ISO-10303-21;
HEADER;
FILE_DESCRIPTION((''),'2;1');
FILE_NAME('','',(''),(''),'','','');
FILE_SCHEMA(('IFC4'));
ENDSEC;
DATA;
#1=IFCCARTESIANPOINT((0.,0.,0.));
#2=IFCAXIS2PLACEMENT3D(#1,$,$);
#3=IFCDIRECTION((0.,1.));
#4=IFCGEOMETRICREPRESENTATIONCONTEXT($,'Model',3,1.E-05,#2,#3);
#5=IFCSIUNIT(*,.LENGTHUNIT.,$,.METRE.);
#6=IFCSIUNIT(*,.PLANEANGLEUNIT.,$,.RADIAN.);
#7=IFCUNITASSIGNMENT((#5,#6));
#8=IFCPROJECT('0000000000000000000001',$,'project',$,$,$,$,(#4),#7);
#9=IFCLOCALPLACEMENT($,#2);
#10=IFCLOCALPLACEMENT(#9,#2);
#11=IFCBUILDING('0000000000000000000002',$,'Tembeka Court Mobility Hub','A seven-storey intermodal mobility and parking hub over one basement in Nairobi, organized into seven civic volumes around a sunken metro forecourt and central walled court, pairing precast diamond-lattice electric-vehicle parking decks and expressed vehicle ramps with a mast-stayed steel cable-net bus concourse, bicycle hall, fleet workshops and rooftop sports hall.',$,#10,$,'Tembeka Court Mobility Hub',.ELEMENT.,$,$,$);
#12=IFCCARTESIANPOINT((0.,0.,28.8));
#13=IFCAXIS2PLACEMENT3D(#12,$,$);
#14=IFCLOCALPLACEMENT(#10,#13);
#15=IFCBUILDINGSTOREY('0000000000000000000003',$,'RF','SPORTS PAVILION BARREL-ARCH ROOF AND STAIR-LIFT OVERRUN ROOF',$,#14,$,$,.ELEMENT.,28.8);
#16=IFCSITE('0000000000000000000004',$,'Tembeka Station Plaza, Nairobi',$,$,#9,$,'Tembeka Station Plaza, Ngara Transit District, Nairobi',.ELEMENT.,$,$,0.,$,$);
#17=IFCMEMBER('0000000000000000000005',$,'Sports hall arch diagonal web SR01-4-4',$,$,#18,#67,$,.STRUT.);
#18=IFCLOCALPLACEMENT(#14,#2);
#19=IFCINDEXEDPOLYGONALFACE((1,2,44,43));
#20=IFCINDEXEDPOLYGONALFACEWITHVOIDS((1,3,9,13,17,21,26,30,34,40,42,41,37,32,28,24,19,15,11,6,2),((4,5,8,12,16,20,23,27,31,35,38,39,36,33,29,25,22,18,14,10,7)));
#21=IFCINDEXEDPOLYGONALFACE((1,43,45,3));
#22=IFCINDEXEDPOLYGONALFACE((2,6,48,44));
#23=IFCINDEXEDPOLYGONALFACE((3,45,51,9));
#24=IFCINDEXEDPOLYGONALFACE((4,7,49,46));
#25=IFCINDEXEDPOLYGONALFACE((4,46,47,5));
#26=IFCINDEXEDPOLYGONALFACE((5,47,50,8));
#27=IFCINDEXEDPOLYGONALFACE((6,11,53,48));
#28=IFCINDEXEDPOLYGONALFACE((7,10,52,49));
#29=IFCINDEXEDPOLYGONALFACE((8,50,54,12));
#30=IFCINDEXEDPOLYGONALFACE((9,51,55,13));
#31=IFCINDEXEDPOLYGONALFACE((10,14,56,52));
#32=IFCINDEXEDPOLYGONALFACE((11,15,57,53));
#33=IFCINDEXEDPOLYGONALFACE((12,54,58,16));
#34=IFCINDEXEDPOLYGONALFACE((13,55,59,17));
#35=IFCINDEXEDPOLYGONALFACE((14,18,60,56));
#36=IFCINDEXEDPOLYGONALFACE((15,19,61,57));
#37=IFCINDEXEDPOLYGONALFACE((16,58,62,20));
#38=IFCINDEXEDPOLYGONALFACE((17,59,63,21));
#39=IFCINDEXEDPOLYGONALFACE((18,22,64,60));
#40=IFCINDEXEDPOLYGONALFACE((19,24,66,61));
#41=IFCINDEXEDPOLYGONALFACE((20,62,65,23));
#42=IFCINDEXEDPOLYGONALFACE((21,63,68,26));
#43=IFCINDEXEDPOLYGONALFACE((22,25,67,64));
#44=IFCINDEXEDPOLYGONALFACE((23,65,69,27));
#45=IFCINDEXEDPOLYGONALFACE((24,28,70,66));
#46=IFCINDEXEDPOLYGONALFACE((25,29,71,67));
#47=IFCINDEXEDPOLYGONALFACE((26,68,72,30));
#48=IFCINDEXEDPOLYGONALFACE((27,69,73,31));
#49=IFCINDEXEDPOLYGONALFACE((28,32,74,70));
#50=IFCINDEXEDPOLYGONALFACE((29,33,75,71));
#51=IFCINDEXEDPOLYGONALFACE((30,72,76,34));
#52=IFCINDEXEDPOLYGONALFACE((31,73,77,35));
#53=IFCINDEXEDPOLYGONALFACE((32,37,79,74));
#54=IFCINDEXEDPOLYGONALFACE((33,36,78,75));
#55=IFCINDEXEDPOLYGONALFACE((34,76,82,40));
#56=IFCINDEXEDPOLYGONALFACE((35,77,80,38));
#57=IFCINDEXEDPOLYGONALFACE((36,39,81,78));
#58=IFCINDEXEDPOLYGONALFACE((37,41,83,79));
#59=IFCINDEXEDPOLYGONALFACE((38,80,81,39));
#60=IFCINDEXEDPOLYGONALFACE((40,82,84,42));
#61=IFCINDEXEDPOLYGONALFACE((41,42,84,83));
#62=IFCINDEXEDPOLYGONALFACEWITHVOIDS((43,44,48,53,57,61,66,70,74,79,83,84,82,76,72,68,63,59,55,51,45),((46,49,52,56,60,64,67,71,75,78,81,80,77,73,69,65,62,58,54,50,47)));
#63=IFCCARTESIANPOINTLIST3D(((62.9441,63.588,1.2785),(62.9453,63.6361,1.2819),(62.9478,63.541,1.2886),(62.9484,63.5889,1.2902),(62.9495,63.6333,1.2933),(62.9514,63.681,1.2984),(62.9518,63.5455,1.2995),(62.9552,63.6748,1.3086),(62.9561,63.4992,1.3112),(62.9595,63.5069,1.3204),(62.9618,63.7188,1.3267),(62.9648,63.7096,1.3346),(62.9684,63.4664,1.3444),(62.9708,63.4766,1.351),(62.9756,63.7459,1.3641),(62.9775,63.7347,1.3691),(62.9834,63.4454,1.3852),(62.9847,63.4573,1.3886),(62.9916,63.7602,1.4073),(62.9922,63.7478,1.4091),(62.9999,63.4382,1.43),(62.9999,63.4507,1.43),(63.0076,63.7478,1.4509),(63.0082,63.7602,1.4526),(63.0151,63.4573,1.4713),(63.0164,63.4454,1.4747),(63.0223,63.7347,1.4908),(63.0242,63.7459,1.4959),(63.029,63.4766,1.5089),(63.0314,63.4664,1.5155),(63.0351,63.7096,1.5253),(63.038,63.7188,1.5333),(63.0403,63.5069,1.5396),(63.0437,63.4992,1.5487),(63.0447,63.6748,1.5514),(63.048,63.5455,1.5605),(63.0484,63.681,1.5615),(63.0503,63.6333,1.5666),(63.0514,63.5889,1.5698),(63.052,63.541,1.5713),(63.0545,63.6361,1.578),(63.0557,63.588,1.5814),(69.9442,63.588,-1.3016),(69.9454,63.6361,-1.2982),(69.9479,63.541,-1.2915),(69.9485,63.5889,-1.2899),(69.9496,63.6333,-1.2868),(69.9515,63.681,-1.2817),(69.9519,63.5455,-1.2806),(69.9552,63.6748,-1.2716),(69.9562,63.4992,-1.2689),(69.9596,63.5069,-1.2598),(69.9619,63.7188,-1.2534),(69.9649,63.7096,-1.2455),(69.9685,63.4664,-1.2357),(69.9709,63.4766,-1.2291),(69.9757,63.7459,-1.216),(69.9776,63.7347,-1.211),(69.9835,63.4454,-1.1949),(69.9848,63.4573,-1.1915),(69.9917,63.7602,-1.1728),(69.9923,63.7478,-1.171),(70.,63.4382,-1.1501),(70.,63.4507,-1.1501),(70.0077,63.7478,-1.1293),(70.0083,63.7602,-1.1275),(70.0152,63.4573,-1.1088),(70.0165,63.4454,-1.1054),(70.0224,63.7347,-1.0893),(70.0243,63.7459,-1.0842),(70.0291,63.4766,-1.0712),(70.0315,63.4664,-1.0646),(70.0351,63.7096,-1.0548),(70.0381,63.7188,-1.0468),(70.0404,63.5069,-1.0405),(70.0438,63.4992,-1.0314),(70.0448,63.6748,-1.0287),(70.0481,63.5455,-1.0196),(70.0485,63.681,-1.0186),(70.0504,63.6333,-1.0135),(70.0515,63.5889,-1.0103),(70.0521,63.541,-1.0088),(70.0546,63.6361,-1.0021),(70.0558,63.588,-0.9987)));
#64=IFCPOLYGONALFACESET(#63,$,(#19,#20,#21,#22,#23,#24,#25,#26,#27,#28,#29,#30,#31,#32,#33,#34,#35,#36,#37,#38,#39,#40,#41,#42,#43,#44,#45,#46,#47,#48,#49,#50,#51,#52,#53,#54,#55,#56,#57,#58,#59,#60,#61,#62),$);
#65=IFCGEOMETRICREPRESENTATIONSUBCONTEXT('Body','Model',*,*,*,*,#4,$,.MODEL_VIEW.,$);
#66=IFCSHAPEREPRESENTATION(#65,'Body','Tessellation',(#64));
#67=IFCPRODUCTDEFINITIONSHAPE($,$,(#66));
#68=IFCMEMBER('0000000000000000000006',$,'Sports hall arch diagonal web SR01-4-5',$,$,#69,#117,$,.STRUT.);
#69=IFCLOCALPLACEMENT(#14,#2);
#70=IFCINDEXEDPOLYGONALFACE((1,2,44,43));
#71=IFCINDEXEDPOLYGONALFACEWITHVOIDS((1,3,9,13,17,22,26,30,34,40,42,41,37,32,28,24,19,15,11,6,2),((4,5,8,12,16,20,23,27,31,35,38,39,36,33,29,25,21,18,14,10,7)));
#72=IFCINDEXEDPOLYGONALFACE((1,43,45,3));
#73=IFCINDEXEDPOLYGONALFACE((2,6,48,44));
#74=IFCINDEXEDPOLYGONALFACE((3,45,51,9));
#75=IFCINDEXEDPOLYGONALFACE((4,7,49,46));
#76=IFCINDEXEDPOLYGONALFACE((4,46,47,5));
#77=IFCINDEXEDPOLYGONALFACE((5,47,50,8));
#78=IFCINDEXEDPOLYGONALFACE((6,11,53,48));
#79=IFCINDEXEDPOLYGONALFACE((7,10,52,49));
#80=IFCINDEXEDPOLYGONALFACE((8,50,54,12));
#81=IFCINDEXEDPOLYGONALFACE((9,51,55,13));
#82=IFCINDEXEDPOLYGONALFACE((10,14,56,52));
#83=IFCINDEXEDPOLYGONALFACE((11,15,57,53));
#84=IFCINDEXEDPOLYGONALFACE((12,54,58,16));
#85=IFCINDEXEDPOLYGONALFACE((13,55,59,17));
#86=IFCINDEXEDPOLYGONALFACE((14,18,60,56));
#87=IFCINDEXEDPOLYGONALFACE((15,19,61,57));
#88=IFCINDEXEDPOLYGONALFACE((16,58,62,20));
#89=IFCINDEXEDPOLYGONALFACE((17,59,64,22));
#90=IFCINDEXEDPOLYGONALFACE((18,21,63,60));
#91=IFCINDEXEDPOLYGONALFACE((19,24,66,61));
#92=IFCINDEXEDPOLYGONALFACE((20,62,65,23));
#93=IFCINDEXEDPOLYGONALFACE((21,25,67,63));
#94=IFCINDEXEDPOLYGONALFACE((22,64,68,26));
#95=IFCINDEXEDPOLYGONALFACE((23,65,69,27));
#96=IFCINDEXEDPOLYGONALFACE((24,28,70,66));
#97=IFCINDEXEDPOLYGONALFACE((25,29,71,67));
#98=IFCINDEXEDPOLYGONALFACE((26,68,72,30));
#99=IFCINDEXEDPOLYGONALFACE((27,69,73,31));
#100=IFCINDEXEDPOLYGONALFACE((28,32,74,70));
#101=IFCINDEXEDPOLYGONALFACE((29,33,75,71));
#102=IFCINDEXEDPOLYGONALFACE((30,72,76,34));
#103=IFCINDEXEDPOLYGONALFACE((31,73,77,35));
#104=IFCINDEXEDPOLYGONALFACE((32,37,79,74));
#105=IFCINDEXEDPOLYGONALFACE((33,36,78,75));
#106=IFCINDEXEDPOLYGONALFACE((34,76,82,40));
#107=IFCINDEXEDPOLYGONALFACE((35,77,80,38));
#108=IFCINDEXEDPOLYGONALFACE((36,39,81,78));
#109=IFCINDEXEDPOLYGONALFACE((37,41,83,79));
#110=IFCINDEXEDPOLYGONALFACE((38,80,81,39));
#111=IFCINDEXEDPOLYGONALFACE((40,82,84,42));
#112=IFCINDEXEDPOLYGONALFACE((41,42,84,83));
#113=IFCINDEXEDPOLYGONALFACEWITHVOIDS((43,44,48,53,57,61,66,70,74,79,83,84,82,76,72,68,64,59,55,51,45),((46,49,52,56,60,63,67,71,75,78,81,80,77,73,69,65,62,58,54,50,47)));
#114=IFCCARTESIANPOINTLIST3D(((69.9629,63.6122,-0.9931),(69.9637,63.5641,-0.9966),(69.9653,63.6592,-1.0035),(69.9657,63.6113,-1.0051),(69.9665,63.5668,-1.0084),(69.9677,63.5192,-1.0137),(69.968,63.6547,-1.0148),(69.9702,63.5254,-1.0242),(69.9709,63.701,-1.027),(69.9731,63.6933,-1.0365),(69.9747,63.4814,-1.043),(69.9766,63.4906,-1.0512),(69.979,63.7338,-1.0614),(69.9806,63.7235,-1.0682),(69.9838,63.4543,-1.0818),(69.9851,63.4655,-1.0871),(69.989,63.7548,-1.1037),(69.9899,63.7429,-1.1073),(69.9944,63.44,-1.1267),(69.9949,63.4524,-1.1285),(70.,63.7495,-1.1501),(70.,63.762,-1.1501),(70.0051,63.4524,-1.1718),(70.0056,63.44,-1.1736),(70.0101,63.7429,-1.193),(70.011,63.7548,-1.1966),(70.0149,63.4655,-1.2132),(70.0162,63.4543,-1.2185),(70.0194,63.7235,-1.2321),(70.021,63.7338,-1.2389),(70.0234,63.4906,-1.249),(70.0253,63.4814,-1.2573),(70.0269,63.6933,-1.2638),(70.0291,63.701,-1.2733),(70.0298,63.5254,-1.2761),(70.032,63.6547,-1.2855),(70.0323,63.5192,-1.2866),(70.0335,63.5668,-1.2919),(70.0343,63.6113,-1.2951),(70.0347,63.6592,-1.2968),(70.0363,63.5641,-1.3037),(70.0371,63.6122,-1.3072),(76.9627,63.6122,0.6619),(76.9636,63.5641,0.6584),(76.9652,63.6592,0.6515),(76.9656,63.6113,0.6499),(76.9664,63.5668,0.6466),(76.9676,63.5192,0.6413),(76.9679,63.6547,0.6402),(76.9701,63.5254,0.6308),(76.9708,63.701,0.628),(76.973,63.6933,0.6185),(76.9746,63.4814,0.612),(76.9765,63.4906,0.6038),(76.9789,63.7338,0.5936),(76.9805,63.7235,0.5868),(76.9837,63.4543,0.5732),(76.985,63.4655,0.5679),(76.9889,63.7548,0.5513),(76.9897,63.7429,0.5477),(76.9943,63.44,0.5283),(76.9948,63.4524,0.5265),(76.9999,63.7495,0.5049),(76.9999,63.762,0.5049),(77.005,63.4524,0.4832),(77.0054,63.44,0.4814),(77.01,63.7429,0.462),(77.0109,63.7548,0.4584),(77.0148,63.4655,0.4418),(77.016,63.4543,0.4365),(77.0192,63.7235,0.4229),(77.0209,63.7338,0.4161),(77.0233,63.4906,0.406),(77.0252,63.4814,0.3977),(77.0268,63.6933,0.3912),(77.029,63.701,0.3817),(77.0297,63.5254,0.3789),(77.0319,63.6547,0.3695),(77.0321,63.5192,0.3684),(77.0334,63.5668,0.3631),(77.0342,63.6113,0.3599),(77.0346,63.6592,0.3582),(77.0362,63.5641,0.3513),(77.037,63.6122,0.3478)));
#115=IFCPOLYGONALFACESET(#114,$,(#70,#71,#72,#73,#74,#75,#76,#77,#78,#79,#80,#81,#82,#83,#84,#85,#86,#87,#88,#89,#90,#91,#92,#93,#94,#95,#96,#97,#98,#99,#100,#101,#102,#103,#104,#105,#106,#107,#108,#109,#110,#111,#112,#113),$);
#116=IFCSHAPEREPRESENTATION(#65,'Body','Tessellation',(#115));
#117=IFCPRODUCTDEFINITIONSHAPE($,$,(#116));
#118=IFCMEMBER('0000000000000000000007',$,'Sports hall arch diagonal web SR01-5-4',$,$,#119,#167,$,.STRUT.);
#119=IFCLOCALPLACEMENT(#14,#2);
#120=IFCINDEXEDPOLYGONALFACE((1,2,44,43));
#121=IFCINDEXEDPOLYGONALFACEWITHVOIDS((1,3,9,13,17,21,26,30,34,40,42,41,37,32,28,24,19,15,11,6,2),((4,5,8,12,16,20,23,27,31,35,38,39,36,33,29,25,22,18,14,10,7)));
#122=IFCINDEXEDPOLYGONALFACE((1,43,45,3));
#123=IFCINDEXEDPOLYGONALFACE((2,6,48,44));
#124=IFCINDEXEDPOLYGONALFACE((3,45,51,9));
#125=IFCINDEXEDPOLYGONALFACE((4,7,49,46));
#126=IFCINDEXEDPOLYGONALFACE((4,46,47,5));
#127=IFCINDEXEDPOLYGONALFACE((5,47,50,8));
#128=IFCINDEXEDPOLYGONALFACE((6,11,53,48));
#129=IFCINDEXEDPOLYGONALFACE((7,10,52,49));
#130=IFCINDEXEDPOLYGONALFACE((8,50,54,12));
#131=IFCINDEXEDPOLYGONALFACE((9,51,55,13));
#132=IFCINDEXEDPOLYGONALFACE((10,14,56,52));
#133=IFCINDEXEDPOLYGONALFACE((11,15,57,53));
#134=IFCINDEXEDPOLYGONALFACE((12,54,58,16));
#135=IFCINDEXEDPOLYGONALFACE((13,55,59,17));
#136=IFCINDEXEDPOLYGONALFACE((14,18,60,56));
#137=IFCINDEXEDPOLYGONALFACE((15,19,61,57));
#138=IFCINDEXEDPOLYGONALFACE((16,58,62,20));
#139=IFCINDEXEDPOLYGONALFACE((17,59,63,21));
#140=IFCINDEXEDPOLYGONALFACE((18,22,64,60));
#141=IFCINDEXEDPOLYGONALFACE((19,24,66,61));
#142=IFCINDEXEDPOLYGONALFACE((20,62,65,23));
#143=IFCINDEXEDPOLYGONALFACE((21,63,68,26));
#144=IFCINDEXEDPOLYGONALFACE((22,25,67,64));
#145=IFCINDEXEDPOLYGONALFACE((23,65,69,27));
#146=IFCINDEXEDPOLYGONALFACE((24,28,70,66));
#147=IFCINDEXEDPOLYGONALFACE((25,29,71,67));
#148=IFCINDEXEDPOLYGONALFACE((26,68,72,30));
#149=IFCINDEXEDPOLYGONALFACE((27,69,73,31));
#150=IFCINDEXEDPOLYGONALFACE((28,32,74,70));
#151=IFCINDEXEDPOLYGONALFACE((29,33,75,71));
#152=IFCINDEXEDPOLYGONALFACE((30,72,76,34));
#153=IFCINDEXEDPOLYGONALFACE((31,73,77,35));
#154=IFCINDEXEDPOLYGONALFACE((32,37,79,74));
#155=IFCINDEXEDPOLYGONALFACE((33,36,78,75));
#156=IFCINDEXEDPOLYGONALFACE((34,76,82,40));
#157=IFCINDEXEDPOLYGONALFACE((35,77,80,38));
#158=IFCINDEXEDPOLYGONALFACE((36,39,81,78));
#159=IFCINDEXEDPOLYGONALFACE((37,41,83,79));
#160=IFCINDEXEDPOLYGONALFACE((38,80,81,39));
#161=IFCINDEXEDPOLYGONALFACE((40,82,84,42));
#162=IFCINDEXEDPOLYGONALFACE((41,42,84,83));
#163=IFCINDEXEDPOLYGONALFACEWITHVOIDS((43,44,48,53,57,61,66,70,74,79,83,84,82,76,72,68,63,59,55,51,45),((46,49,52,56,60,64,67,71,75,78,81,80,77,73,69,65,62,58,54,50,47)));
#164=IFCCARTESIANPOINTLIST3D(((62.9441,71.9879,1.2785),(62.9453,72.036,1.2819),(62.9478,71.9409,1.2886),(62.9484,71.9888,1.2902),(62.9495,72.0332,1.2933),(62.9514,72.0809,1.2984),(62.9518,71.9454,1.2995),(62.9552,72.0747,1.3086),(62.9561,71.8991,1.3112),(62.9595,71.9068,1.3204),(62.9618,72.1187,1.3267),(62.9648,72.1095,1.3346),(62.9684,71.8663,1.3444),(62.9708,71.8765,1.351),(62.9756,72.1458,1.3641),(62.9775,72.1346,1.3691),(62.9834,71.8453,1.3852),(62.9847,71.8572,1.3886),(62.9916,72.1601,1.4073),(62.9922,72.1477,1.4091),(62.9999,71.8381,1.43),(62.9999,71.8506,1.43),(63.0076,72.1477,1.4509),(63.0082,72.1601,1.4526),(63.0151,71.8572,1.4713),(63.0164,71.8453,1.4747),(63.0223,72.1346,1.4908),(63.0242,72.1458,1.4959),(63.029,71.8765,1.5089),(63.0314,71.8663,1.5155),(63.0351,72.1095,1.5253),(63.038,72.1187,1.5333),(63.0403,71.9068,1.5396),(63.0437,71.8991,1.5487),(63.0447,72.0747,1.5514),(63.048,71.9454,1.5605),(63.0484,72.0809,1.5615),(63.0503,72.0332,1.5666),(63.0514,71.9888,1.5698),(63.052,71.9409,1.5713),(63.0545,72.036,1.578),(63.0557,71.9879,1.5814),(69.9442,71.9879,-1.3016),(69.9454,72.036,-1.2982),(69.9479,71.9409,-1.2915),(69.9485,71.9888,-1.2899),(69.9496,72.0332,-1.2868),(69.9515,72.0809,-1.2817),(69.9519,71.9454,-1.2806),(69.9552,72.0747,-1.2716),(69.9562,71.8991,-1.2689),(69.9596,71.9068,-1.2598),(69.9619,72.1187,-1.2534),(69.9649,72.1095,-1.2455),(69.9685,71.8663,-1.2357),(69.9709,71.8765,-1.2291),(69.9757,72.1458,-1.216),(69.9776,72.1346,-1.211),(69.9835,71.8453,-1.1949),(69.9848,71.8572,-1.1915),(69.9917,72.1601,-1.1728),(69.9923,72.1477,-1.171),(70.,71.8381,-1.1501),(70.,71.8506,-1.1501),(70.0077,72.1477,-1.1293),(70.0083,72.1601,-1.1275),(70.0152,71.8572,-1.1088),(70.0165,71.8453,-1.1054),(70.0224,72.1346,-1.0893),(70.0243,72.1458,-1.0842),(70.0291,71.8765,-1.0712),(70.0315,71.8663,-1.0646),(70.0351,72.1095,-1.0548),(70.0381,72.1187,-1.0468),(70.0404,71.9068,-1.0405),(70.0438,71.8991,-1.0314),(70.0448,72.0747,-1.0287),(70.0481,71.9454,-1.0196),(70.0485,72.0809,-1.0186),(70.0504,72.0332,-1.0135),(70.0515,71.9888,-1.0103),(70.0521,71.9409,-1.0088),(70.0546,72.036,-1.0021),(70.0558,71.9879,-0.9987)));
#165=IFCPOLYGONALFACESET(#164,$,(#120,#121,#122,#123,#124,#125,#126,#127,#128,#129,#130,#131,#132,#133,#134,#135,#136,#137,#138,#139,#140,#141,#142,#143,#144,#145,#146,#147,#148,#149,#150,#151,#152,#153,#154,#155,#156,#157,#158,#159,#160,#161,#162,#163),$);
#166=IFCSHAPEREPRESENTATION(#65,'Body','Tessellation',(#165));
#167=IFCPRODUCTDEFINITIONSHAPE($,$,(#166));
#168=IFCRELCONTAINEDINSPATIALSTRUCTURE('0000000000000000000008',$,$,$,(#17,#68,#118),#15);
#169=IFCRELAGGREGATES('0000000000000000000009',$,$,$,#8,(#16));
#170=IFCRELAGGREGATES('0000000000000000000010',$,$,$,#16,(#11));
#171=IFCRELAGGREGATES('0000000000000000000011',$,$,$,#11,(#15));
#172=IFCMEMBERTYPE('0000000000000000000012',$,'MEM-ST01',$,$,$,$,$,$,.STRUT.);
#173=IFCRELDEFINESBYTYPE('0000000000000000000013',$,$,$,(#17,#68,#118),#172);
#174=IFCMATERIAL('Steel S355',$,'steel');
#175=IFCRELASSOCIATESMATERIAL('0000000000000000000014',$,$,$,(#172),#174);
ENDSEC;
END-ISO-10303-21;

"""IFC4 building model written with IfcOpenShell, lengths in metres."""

from ifc_helpers import new_model, si_unit, direction, frame, origin, origin_2d, place, context, subcontext, project, spatial, hollow_circle, extrude, material, material_profile, profile_set, type_object, element, save


model = new_model("IFC4")

# Units and contexts
model_context = context("Model", 3, precision=1e-05, world=origin(), true_north=direction((0.0, 1.0)))
body_context = subcontext(model_context, "Body", "Model", "MODEL_VIEW")
ifc_project = project(units=[si_unit("LENGTHUNIT", "METRE"), si_unit("PLANEANGLEUNIT", "RADIAN")], contexts=[model_context])

# Site, building, storey
site_placement = place(None, origin())
site = spatial("IfcSite", under=ifc_project, at=site_placement, Name="Tembeka Station Plaza, Nairobi", LongName="Tembeka Station Plaza, Ngara Transit District, Nairobi", CompositionType="ELEMENT", RefElevation=0.0)
building_placement = place(site_placement, origin())
building = spatial("IfcBuilding", under=site, at=building_placement, Name="Tembeka Court Mobility Hub", Description="A seven-storey intermodal mobility and parking hub over one basement in Nairobi, organized into seven civic volumes around a sunken metro forecourt and central walled court, pairing precast diamond-lattice electric-vehicle parking decks and expressed vehicle ramps with a mast-stayed steel cable-net bus concourse, bicycle hall, fleet workshops and rooftop sports hall.", LongName="Tembeka Court Mobility Hub", CompositionType="ELEMENT")
storey_placement = place(building_placement, frame((0.0, 0.0, 28.8)))
storey = spatial("IfcBuildingStorey", under=building, at=storey_placement, Name="RF", Description="SPORTS PAVILION BARREL-ARCH ROOF AND STAIR-LIFT OVERRUN ROOF", CompositionType="ELEMENT", Elevation=28.8)

# Shared definitions
ifc_material_1 = material(Name="Steel S355", Category="steel")

# Members
ifc_material_profile_1 = material_profile(ifc_material_1, hollow_circle(Radius=0.1619, WallThickness=0.0125, at=origin_2d()), Name="CHS 323.9x12.5")
ifc_profile_set_1 = profile_set([ifc_material_profile_1], Name="Steel S355")
member_type = type_object("IfcMemberType", Name="MEM-ST01", PredefinedType="STRUT", material=ifc_profile_set_1)
member_1_placement = place(storey_placement, frame((70.0, 63.6001, -1.1501), z_axis=(-0.938294, 0.0, 0.345839), x_axis=(0.0, -1.0, 0.0)))
element("IfcMember", 1, at=member_1_placement, inside=storey, type_object=member_type, Name="Sports hall arch diagonal web SR01-4-4", PredefinedType="STRUT", context=body_context, shape_type="SweptSolid", body=[
    extrude(hollow_circle(Radius=0.1619, WallThickness=0.0125, at=origin_2d()), origin(), (0.0, 0.0, 1.0), 7.4604),
])
member_2_placement = place(storey_placement, frame((70.0, 63.6001, -1.1501), z_axis=(0.97317, 0.0, 0.230089), x_axis=(0.0, 1.0, 0.0)))
element("IfcMember", 2, at=member_2_placement, inside=storey, type_object=member_type, Name="Sports hall arch diagonal web SR01-4-5", PredefinedType="STRUT", context=body_context, shape_type="SweptSolid", body=[
    extrude(hollow_circle(Radius=0.1619, WallThickness=0.0125, at=origin_2d()), origin(), (0.0, 0.0, 1.0), 7.1929),
])
member_3_placement = place(storey_placement, frame((70.0, 72.0, -1.1501), z_axis=(-0.938294, 0.0, 0.345839), x_axis=(0.0, -1.0, 0.0)))
element("IfcMember", 3, at=member_3_placement, inside=storey, type_object=member_type, Name="Sports hall arch diagonal web SR01-5-4", PredefinedType="STRUT", context=body_context, shape_type="SweptSolid", body=[
    extrude(hollow_circle(Radius=0.1619, WallThickness=0.0125, at=origin_2d()), origin(), (0.0, 0.0, 1.0), 7.4604),
])

save(model, "model.ifc")
